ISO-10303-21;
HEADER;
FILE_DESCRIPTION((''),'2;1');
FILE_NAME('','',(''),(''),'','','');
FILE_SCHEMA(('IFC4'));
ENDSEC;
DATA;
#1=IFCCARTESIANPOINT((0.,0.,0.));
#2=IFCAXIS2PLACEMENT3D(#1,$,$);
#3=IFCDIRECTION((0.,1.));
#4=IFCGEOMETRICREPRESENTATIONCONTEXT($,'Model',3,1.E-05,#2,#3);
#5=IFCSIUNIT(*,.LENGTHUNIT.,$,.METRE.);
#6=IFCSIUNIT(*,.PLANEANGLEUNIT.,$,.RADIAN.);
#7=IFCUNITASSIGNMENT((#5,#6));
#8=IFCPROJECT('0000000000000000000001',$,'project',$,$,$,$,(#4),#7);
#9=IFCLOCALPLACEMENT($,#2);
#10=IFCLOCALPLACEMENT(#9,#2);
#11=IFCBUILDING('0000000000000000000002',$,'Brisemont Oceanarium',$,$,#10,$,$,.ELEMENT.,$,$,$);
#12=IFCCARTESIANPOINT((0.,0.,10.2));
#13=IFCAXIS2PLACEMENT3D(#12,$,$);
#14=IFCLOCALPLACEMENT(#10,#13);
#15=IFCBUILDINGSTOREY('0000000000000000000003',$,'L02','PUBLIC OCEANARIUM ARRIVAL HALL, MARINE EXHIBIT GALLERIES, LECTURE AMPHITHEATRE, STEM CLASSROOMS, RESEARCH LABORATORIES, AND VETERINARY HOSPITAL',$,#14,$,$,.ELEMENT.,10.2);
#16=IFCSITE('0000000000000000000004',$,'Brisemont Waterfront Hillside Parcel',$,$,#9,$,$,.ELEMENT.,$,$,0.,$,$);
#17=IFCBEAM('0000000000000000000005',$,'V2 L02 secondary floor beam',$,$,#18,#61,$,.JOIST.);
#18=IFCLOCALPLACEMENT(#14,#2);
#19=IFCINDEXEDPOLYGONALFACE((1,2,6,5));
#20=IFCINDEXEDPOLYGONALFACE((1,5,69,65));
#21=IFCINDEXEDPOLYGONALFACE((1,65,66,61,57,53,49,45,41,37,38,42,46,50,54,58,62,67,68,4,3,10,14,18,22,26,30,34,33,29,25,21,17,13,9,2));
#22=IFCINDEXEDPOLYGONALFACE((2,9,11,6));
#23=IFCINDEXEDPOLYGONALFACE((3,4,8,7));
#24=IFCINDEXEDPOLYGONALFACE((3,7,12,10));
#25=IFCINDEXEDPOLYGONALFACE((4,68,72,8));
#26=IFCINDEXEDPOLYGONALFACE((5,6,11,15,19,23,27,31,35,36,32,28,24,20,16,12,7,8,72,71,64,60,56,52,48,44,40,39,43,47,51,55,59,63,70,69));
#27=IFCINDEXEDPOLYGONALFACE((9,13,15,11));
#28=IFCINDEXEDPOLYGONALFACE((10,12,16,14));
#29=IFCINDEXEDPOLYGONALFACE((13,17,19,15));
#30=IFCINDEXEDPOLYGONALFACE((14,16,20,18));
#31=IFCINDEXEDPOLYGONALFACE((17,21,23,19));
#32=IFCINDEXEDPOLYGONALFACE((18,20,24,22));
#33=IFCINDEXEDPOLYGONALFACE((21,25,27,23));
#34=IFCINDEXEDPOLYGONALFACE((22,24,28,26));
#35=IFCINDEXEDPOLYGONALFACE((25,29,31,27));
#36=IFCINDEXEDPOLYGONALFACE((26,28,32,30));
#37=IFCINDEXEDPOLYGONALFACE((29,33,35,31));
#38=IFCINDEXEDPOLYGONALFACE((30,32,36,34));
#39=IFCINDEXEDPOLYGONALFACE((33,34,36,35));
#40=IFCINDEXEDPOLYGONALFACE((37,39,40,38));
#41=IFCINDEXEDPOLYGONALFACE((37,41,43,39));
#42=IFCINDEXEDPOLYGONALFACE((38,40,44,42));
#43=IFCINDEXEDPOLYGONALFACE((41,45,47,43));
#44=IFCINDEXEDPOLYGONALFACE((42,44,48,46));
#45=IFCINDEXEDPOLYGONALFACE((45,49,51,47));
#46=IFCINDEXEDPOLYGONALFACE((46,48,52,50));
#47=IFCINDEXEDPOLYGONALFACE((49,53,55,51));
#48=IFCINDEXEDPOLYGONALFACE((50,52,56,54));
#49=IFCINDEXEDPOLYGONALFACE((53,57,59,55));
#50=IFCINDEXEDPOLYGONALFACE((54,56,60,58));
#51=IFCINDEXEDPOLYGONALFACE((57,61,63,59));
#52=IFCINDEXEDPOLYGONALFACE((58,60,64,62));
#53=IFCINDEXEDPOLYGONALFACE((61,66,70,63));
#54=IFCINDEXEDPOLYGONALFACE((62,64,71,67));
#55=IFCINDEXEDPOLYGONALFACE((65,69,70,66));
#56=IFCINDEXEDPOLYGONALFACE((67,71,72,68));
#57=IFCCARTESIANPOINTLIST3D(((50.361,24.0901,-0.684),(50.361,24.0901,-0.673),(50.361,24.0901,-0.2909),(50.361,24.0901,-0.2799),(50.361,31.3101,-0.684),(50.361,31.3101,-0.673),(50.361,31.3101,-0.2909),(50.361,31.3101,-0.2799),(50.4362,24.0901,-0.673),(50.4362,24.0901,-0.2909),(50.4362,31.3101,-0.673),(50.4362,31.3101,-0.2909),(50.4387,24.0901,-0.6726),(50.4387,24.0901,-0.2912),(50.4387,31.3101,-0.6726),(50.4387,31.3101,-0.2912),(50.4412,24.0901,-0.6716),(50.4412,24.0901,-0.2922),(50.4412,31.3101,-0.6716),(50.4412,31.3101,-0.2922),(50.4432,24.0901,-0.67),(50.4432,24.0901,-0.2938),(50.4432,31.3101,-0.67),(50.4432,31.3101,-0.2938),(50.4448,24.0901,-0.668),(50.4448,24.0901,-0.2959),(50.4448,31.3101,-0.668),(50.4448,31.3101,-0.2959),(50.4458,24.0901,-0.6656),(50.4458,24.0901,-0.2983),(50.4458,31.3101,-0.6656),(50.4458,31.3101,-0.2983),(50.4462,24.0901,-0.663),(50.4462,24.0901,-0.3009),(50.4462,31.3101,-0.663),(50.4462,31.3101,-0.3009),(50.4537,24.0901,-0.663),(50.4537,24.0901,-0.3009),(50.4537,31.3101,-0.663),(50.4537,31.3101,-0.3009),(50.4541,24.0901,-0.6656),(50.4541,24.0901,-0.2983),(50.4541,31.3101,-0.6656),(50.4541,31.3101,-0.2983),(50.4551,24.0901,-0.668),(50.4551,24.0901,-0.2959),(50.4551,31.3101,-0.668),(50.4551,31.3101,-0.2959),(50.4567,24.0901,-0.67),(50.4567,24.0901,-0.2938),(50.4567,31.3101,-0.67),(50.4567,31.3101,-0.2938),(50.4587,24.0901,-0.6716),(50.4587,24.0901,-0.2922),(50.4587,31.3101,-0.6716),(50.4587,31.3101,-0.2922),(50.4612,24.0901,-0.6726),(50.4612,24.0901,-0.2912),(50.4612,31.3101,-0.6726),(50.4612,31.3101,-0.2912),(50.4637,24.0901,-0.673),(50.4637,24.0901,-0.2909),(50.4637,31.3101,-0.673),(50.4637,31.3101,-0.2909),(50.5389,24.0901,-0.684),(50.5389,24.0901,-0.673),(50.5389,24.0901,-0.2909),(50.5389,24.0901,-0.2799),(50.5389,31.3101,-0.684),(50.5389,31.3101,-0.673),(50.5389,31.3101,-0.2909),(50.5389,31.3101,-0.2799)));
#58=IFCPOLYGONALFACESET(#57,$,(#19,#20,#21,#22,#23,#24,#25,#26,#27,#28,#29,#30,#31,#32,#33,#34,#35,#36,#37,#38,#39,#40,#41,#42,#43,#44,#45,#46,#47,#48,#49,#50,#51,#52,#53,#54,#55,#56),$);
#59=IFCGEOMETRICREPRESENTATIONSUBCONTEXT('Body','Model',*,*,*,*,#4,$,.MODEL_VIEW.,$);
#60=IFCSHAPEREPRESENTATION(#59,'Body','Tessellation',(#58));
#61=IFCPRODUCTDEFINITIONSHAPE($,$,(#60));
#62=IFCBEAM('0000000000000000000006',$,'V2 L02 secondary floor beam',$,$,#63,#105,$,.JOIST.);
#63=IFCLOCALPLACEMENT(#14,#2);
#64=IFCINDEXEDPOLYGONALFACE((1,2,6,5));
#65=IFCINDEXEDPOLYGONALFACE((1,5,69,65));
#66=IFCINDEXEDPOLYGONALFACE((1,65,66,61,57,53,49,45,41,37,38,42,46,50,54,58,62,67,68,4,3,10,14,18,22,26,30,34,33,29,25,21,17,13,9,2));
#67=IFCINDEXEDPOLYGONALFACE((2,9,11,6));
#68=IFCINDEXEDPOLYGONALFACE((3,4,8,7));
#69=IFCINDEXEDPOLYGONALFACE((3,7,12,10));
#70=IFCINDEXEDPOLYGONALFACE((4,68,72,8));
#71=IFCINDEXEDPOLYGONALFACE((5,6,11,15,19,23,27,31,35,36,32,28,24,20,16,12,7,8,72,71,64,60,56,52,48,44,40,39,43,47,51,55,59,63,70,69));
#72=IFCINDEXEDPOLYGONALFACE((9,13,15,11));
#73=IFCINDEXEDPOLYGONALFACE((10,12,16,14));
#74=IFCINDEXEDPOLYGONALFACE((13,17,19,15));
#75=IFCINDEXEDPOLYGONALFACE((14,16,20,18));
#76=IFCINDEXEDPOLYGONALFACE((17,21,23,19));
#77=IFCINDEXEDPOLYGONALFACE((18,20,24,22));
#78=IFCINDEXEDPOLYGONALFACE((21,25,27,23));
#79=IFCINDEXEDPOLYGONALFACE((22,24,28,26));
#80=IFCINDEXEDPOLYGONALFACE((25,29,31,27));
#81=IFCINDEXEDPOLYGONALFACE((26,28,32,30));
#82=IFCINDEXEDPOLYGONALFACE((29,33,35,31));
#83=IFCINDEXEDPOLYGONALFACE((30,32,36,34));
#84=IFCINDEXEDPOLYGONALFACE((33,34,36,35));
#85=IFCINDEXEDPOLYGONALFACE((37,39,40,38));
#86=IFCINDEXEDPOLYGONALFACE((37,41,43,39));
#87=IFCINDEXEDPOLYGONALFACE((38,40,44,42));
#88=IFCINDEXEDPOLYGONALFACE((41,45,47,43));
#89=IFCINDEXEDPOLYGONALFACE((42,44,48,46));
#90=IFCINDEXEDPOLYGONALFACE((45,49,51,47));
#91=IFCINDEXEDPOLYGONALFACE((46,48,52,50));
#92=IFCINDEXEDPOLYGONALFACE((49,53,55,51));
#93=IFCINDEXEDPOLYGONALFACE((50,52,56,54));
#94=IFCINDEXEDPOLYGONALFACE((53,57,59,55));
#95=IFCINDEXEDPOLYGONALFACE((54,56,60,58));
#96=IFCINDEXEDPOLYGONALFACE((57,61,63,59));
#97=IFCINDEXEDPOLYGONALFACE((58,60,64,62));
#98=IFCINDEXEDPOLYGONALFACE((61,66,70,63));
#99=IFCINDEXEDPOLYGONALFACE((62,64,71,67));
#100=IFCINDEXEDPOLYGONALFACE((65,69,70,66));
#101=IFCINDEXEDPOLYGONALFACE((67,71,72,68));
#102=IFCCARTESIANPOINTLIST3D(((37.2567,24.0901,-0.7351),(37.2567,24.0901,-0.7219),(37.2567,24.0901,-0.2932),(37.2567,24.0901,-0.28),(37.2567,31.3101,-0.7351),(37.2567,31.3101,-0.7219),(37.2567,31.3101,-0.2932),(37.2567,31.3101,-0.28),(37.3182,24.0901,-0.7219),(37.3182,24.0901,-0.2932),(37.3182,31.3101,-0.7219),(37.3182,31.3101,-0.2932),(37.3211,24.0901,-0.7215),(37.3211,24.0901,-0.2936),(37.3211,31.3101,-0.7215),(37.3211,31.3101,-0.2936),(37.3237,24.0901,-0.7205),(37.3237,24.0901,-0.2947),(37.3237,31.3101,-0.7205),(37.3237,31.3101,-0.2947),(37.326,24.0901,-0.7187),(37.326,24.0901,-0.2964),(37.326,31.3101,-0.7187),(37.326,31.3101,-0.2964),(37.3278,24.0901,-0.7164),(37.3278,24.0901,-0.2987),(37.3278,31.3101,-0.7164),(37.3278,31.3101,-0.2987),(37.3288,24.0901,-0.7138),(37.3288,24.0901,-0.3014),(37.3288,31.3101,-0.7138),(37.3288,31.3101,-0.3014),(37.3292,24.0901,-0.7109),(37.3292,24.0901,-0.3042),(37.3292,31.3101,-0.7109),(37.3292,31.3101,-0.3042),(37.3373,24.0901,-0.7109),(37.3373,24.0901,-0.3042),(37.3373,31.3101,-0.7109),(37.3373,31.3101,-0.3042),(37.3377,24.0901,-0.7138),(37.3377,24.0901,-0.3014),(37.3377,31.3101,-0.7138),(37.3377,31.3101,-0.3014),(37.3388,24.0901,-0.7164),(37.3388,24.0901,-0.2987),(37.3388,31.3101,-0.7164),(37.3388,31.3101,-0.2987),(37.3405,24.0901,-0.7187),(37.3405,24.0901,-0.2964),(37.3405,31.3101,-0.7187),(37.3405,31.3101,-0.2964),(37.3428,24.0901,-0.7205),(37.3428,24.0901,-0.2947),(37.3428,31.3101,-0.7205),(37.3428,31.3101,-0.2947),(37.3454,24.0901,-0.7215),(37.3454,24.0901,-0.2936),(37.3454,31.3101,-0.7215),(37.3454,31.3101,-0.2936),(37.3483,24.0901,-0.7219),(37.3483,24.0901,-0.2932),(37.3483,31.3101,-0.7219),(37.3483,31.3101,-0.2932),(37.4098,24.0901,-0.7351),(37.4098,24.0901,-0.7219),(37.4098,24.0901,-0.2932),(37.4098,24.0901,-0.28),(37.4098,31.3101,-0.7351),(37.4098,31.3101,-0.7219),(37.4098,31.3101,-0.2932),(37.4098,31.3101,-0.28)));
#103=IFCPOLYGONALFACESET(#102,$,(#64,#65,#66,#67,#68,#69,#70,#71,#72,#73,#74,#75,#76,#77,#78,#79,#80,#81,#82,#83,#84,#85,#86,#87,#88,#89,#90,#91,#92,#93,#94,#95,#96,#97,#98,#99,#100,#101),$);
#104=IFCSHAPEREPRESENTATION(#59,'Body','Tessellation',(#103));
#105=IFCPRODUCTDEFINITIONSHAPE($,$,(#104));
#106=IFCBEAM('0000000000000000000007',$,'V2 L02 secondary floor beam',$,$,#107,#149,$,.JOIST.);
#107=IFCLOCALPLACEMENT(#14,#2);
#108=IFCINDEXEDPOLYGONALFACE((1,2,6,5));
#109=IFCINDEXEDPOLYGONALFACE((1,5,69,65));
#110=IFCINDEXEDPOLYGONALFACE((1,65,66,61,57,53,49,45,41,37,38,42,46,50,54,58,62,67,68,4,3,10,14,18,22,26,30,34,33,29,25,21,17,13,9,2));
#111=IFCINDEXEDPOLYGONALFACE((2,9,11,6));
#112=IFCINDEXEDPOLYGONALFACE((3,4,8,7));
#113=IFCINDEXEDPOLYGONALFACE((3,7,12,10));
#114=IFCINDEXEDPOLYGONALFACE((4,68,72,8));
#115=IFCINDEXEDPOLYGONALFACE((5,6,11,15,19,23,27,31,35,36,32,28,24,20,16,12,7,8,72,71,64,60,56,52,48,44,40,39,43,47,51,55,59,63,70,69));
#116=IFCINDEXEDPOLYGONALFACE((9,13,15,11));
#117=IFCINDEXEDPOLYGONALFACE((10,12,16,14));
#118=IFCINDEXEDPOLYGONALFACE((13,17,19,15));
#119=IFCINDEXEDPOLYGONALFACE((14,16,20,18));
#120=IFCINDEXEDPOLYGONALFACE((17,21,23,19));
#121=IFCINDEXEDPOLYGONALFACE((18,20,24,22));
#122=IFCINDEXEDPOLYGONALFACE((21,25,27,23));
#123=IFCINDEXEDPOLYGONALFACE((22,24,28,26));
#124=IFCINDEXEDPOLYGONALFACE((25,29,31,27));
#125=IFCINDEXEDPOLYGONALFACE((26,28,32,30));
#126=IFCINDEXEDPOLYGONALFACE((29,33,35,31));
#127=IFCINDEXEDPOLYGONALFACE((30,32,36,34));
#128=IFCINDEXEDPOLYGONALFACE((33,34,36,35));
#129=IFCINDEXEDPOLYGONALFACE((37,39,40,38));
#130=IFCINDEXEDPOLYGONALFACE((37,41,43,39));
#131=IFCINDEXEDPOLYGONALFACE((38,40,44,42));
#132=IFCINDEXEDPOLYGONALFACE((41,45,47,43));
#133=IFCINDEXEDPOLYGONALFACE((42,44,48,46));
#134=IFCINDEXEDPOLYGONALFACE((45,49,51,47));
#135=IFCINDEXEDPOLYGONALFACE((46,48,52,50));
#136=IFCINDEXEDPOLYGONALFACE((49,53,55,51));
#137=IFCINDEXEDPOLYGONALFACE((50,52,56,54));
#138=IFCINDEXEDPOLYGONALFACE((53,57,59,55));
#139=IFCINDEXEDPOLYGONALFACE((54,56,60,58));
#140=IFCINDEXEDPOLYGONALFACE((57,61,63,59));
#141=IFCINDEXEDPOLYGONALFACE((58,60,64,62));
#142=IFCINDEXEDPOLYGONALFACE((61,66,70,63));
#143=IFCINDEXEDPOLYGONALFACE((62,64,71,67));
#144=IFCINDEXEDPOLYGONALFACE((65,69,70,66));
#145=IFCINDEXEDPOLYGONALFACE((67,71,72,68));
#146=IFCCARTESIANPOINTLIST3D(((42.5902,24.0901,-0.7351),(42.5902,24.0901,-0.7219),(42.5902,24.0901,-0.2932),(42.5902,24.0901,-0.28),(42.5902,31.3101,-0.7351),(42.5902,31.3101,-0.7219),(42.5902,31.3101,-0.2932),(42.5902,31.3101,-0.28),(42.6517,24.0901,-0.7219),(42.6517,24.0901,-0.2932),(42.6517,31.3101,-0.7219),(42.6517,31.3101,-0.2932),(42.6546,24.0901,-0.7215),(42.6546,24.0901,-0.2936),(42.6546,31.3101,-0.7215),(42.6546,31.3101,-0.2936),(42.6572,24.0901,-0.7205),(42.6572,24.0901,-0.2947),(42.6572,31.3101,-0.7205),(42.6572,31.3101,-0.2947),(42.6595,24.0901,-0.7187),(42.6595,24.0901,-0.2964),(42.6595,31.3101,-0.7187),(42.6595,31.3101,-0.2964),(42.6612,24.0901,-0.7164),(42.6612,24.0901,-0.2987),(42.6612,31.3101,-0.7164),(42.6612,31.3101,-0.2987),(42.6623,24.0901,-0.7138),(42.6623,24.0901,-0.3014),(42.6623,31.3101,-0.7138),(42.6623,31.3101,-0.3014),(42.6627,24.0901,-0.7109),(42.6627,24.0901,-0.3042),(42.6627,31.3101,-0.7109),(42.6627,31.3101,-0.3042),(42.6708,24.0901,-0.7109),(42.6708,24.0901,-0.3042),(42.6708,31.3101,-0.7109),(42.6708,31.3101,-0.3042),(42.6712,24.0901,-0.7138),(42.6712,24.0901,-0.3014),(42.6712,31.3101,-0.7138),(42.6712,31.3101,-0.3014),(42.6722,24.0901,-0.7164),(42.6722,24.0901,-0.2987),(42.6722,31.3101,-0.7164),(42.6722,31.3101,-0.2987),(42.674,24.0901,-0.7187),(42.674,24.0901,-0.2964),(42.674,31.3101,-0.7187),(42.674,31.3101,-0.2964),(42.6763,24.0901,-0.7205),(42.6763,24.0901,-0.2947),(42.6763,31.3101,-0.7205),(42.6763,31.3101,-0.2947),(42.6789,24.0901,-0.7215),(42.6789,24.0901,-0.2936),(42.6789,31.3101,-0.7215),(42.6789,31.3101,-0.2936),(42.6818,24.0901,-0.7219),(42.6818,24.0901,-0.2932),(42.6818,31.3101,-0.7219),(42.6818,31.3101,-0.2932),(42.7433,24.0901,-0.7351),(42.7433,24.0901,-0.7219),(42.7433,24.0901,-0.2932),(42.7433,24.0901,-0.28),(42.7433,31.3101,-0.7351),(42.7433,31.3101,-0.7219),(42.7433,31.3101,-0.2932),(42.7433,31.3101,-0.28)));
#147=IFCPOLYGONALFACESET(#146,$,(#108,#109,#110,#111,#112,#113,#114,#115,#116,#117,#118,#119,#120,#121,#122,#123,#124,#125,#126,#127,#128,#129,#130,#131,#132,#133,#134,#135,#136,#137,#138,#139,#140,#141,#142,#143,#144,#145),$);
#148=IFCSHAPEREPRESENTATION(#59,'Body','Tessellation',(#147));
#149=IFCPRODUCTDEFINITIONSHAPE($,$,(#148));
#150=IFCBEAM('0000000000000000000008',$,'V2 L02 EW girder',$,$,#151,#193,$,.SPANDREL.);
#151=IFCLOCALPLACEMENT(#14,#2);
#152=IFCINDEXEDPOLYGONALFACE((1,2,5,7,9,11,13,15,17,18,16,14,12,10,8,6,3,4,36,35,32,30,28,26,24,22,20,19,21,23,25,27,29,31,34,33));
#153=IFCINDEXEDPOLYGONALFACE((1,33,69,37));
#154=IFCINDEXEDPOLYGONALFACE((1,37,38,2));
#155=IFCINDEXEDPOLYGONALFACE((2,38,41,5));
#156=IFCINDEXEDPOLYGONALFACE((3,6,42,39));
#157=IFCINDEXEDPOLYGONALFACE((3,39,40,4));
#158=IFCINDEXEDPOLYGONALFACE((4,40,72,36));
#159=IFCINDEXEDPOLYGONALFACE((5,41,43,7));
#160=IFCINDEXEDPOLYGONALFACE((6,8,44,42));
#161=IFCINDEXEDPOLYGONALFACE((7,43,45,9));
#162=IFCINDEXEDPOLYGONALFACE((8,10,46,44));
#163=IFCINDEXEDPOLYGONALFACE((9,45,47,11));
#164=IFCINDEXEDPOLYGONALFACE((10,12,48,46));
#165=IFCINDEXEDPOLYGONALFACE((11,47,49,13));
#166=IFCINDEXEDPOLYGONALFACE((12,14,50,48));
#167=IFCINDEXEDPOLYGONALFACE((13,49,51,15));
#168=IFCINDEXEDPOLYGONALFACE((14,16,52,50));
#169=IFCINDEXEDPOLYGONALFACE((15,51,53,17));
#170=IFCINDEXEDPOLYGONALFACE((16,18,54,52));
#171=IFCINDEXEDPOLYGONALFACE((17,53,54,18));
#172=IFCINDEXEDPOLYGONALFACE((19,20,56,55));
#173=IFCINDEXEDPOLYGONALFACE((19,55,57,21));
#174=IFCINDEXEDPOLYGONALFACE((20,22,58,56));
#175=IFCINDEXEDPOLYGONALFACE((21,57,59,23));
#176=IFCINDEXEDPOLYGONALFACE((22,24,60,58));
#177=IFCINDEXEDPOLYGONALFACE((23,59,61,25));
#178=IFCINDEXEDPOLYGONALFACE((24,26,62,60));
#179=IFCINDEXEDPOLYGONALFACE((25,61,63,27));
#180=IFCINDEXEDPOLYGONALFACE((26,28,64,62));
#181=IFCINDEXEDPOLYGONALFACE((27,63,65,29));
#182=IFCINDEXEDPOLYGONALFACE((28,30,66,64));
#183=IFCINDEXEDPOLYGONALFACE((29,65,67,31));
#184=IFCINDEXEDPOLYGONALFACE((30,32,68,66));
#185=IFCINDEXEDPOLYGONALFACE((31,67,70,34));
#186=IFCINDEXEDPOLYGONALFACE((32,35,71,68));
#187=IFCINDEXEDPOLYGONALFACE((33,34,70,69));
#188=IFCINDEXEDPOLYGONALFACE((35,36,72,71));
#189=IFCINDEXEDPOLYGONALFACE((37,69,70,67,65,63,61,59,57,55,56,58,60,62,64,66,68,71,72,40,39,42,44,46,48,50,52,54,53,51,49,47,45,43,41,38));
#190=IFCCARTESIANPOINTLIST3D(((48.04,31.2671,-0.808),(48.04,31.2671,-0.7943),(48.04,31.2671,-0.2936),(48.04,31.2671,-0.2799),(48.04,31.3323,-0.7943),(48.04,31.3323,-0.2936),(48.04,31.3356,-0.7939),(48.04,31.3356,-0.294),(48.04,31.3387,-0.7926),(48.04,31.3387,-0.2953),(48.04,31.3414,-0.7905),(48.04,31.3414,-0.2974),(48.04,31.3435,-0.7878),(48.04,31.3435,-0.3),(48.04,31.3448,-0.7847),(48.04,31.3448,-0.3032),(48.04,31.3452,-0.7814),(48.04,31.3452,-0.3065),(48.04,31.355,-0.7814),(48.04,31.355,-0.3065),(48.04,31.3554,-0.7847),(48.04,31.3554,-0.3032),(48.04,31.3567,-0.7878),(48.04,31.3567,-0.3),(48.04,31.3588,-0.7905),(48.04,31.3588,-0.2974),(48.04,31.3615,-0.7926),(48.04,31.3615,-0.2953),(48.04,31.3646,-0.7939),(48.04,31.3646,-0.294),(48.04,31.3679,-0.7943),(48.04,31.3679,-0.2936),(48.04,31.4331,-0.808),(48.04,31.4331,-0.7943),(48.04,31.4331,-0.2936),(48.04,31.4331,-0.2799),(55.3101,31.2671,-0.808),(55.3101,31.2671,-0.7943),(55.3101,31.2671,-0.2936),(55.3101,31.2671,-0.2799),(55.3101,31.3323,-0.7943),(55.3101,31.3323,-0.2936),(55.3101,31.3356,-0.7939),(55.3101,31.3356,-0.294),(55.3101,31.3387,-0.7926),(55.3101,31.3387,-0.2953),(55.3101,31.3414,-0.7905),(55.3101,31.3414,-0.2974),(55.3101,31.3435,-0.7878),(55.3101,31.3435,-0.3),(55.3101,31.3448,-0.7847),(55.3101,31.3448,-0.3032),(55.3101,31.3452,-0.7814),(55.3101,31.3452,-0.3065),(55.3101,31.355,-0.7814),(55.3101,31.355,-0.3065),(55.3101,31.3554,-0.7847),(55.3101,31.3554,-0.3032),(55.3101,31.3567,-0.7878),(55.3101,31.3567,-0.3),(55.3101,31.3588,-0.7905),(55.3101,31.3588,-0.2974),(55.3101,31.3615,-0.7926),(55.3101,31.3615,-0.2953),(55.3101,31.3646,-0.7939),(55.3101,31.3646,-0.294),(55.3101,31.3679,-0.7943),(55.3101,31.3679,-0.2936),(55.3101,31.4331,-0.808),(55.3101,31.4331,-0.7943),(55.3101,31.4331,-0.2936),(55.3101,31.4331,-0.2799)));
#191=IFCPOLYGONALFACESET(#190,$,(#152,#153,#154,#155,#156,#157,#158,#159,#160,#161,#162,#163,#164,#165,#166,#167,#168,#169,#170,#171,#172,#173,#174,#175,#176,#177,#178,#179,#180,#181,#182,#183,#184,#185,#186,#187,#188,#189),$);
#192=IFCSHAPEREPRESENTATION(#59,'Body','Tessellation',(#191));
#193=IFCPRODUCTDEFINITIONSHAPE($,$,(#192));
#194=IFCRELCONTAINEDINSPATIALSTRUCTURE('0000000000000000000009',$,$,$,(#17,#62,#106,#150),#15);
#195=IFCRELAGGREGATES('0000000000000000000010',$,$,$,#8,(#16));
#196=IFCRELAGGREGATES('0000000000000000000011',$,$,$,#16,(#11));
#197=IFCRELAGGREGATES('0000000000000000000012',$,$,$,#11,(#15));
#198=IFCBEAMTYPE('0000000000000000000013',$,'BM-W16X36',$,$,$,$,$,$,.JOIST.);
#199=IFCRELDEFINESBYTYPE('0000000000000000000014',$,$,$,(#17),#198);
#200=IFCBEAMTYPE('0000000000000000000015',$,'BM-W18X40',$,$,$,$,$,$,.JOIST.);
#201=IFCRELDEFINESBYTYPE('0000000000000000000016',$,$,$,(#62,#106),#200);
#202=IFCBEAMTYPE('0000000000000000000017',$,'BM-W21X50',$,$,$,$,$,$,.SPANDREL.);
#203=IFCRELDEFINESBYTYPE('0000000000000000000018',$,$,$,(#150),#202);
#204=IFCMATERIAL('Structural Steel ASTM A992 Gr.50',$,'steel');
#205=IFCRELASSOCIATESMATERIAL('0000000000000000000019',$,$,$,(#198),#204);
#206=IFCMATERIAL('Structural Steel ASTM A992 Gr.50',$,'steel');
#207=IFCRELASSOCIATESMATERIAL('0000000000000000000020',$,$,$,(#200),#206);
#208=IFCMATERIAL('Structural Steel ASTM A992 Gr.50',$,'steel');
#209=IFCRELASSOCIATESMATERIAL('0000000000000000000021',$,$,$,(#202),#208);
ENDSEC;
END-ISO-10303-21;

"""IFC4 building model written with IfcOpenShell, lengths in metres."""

from ifc_helpers import new_model, si_unit, direction, frame, origin, origin_2d, place, context, subcontext, project, spatial, i_section, extrude, material, material_profile, profile_set, type_object, element, save


model = new_model("IFC4")

# Units and contexts
model_context = context("Model", 3, precision=1e-05, world=origin(), true_north=direction((0.0, 1.0)))
body_context = subcontext(model_context, "Body", "Model", "MODEL_VIEW")
ifc_project = project(units=[si_unit("LENGTHUNIT", "METRE"), si_unit("PLANEANGLEUNIT", "RADIAN")], contexts=[model_context])

# Site, building, storey
site_placement = place(None, origin())
site = spatial("IfcSite", under=ifc_project, at=site_placement, Name="Brisemont Waterfront Hillside Parcel", CompositionType="ELEMENT", RefElevation=0.0)
building_placement = place(site_placement, origin())
building = spatial("IfcBuilding", under=site, at=building_placement, Name="Brisemont Oceanarium", CompositionType="ELEMENT")
storey_placement = place(building_placement, frame((0.0, 0.0, 10.2)))
storey = spatial("IfcBuildingStorey", under=building, at=storey_placement, Name="L02", Description="PUBLIC OCEANARIUM ARRIVAL HALL, MARINE EXHIBIT GALLERIES, LECTURE AMPHITHEATRE, STEM CLASSROOMS, RESEARCH LABORATORIES, AND VETERINARY HOSPITAL", CompositionType="ELEMENT", Elevation=10.2)

# Beams
ifc_material_1 = material(Name="Structural Steel ASTM A992 Gr.50", Category="steel")
ifc_material_profile_1 = material_profile(ifc_material_1, i_section(OverallWidth=0.178, OverallDepth=0.4041, WebThickness=0.0076, FlangeThickness=0.011, FilletRadius=0.01, at=origin_2d()), Name="W16X36")
ifc_profile_set_1 = profile_set([ifc_material_profile_1], Name="Structural Steel ASTM A992 Gr.50")
beam_type_1 = type_object("IfcBeamType", Name="BM-W16X36", PredefinedType="JOIST", material=ifc_profile_set_1)
for number, where, z_axis, x_axis, name in (
    (1, (50.45, 24.0901, -0.4819), (0.0, 1.0, 0.0), (-1.0, 0.0, 0.0), "V2 L02 secondary floor beam"),
):
    element("IfcBeam", number, at=place(storey_placement, frame(where, z_axis=z_axis, x_axis=x_axis)), inside=storey, type_object=beam_type_1, Name=name, PredefinedType="JOIST", context=body_context, shape_type="SweptSolid", body=[
        extrude(i_section(OverallWidth=0.178, OverallDepth=0.4041, WebThickness=0.0076, FlangeThickness=0.011, FilletRadius=0.01, at=origin_2d()), origin(), (0.0, 0.0, 1.0), 7.22),
    ])
ifc_material_2 = material(Name="Structural Steel ASTM A992 Gr.50", Category="steel")
ifc_material_profile_2 = material_profile(ifc_material_2, i_section(OverallWidth=0.1531, OverallDepth=0.4551, WebThickness=0.0081, FlangeThickness=0.0132, FilletRadius=0.011, at=origin_2d()), Name="W18X40")
ifc_profile_set_2 = profile_set([ifc_material_profile_2], Name="Structural Steel ASTM A992 Gr.50")
beam_type_2 = type_object("IfcBeamType", Name="BM-W18X40", PredefinedType="JOIST", material=ifc_profile_set_2)
for number, where, z_axis, x_axis, name in (
    (2, (37.3333, 24.0901, -0.5076), (0.0, 1.0, 0.0), (-1.0, 0.0, 0.0), "V2 L02 secondary floor beam"),
    (3, (42.6667, 24.0901, -0.5076), (0.0, 1.0, 0.0), (-1.0, 0.0, 0.0), "V2 L02 secondary floor beam"),
):
    element("IfcBeam", number, at=place(storey_placement, frame(where, z_axis=z_axis, x_axis=x_axis)), inside=storey, type_object=beam_type_2, Name=name, PredefinedType="JOIST", context=body_context, shape_type="SweptSolid", body=[
        extrude(i_section(OverallWidth=0.1531, OverallDepth=0.4551, WebThickness=0.0081, FlangeThickness=0.0132, FilletRadius=0.011, at=origin_2d()), origin(), (0.0, 0.0, 1.0), 7.22),
    ])
ifc_material_3 = material(Name="Structural Steel ASTM A992 Gr.50", Category="steel")
ifc_material_profile_3 = material_profile(ifc_material_3, i_section(OverallWidth=0.166, OverallDepth=0.5281, WebThickness=0.0098, FlangeThickness=0.0137, FilletRadius=0.0129, at=origin_2d()), Name="W21X50")
ifc_profile_set_3 = profile_set([ifc_material_profile_3], Name="Structural Steel ASTM A992 Gr.50")
beam_type_3 = type_object("IfcBeamType", Name="BM-W21X50", PredefinedType="SPANDREL", material=ifc_profile_set_3)
beam_1_placement = place(storey_placement, frame((48.04, 31.3501, -0.5439), z_axis=(1.0, 0.0, 0.0), x_axis=(0.0, 1.0, 0.0)))
element("IfcBeam", 4, at=beam_1_placement, inside=storey, type_object=beam_type_3, Name="V2 L02 EW girder", PredefinedType="SPANDREL", context=body_context, shape_type="SweptSolid", body=[
    extrude(i_section(OverallWidth=0.166, OverallDepth=0.5281, WebThickness=0.0098, FlangeThickness=0.0137, FilletRadius=0.0129, at=origin_2d()), origin(), (0.0, 0.0, 1.0), 7.27),
])

save(model, "model.ifc")
